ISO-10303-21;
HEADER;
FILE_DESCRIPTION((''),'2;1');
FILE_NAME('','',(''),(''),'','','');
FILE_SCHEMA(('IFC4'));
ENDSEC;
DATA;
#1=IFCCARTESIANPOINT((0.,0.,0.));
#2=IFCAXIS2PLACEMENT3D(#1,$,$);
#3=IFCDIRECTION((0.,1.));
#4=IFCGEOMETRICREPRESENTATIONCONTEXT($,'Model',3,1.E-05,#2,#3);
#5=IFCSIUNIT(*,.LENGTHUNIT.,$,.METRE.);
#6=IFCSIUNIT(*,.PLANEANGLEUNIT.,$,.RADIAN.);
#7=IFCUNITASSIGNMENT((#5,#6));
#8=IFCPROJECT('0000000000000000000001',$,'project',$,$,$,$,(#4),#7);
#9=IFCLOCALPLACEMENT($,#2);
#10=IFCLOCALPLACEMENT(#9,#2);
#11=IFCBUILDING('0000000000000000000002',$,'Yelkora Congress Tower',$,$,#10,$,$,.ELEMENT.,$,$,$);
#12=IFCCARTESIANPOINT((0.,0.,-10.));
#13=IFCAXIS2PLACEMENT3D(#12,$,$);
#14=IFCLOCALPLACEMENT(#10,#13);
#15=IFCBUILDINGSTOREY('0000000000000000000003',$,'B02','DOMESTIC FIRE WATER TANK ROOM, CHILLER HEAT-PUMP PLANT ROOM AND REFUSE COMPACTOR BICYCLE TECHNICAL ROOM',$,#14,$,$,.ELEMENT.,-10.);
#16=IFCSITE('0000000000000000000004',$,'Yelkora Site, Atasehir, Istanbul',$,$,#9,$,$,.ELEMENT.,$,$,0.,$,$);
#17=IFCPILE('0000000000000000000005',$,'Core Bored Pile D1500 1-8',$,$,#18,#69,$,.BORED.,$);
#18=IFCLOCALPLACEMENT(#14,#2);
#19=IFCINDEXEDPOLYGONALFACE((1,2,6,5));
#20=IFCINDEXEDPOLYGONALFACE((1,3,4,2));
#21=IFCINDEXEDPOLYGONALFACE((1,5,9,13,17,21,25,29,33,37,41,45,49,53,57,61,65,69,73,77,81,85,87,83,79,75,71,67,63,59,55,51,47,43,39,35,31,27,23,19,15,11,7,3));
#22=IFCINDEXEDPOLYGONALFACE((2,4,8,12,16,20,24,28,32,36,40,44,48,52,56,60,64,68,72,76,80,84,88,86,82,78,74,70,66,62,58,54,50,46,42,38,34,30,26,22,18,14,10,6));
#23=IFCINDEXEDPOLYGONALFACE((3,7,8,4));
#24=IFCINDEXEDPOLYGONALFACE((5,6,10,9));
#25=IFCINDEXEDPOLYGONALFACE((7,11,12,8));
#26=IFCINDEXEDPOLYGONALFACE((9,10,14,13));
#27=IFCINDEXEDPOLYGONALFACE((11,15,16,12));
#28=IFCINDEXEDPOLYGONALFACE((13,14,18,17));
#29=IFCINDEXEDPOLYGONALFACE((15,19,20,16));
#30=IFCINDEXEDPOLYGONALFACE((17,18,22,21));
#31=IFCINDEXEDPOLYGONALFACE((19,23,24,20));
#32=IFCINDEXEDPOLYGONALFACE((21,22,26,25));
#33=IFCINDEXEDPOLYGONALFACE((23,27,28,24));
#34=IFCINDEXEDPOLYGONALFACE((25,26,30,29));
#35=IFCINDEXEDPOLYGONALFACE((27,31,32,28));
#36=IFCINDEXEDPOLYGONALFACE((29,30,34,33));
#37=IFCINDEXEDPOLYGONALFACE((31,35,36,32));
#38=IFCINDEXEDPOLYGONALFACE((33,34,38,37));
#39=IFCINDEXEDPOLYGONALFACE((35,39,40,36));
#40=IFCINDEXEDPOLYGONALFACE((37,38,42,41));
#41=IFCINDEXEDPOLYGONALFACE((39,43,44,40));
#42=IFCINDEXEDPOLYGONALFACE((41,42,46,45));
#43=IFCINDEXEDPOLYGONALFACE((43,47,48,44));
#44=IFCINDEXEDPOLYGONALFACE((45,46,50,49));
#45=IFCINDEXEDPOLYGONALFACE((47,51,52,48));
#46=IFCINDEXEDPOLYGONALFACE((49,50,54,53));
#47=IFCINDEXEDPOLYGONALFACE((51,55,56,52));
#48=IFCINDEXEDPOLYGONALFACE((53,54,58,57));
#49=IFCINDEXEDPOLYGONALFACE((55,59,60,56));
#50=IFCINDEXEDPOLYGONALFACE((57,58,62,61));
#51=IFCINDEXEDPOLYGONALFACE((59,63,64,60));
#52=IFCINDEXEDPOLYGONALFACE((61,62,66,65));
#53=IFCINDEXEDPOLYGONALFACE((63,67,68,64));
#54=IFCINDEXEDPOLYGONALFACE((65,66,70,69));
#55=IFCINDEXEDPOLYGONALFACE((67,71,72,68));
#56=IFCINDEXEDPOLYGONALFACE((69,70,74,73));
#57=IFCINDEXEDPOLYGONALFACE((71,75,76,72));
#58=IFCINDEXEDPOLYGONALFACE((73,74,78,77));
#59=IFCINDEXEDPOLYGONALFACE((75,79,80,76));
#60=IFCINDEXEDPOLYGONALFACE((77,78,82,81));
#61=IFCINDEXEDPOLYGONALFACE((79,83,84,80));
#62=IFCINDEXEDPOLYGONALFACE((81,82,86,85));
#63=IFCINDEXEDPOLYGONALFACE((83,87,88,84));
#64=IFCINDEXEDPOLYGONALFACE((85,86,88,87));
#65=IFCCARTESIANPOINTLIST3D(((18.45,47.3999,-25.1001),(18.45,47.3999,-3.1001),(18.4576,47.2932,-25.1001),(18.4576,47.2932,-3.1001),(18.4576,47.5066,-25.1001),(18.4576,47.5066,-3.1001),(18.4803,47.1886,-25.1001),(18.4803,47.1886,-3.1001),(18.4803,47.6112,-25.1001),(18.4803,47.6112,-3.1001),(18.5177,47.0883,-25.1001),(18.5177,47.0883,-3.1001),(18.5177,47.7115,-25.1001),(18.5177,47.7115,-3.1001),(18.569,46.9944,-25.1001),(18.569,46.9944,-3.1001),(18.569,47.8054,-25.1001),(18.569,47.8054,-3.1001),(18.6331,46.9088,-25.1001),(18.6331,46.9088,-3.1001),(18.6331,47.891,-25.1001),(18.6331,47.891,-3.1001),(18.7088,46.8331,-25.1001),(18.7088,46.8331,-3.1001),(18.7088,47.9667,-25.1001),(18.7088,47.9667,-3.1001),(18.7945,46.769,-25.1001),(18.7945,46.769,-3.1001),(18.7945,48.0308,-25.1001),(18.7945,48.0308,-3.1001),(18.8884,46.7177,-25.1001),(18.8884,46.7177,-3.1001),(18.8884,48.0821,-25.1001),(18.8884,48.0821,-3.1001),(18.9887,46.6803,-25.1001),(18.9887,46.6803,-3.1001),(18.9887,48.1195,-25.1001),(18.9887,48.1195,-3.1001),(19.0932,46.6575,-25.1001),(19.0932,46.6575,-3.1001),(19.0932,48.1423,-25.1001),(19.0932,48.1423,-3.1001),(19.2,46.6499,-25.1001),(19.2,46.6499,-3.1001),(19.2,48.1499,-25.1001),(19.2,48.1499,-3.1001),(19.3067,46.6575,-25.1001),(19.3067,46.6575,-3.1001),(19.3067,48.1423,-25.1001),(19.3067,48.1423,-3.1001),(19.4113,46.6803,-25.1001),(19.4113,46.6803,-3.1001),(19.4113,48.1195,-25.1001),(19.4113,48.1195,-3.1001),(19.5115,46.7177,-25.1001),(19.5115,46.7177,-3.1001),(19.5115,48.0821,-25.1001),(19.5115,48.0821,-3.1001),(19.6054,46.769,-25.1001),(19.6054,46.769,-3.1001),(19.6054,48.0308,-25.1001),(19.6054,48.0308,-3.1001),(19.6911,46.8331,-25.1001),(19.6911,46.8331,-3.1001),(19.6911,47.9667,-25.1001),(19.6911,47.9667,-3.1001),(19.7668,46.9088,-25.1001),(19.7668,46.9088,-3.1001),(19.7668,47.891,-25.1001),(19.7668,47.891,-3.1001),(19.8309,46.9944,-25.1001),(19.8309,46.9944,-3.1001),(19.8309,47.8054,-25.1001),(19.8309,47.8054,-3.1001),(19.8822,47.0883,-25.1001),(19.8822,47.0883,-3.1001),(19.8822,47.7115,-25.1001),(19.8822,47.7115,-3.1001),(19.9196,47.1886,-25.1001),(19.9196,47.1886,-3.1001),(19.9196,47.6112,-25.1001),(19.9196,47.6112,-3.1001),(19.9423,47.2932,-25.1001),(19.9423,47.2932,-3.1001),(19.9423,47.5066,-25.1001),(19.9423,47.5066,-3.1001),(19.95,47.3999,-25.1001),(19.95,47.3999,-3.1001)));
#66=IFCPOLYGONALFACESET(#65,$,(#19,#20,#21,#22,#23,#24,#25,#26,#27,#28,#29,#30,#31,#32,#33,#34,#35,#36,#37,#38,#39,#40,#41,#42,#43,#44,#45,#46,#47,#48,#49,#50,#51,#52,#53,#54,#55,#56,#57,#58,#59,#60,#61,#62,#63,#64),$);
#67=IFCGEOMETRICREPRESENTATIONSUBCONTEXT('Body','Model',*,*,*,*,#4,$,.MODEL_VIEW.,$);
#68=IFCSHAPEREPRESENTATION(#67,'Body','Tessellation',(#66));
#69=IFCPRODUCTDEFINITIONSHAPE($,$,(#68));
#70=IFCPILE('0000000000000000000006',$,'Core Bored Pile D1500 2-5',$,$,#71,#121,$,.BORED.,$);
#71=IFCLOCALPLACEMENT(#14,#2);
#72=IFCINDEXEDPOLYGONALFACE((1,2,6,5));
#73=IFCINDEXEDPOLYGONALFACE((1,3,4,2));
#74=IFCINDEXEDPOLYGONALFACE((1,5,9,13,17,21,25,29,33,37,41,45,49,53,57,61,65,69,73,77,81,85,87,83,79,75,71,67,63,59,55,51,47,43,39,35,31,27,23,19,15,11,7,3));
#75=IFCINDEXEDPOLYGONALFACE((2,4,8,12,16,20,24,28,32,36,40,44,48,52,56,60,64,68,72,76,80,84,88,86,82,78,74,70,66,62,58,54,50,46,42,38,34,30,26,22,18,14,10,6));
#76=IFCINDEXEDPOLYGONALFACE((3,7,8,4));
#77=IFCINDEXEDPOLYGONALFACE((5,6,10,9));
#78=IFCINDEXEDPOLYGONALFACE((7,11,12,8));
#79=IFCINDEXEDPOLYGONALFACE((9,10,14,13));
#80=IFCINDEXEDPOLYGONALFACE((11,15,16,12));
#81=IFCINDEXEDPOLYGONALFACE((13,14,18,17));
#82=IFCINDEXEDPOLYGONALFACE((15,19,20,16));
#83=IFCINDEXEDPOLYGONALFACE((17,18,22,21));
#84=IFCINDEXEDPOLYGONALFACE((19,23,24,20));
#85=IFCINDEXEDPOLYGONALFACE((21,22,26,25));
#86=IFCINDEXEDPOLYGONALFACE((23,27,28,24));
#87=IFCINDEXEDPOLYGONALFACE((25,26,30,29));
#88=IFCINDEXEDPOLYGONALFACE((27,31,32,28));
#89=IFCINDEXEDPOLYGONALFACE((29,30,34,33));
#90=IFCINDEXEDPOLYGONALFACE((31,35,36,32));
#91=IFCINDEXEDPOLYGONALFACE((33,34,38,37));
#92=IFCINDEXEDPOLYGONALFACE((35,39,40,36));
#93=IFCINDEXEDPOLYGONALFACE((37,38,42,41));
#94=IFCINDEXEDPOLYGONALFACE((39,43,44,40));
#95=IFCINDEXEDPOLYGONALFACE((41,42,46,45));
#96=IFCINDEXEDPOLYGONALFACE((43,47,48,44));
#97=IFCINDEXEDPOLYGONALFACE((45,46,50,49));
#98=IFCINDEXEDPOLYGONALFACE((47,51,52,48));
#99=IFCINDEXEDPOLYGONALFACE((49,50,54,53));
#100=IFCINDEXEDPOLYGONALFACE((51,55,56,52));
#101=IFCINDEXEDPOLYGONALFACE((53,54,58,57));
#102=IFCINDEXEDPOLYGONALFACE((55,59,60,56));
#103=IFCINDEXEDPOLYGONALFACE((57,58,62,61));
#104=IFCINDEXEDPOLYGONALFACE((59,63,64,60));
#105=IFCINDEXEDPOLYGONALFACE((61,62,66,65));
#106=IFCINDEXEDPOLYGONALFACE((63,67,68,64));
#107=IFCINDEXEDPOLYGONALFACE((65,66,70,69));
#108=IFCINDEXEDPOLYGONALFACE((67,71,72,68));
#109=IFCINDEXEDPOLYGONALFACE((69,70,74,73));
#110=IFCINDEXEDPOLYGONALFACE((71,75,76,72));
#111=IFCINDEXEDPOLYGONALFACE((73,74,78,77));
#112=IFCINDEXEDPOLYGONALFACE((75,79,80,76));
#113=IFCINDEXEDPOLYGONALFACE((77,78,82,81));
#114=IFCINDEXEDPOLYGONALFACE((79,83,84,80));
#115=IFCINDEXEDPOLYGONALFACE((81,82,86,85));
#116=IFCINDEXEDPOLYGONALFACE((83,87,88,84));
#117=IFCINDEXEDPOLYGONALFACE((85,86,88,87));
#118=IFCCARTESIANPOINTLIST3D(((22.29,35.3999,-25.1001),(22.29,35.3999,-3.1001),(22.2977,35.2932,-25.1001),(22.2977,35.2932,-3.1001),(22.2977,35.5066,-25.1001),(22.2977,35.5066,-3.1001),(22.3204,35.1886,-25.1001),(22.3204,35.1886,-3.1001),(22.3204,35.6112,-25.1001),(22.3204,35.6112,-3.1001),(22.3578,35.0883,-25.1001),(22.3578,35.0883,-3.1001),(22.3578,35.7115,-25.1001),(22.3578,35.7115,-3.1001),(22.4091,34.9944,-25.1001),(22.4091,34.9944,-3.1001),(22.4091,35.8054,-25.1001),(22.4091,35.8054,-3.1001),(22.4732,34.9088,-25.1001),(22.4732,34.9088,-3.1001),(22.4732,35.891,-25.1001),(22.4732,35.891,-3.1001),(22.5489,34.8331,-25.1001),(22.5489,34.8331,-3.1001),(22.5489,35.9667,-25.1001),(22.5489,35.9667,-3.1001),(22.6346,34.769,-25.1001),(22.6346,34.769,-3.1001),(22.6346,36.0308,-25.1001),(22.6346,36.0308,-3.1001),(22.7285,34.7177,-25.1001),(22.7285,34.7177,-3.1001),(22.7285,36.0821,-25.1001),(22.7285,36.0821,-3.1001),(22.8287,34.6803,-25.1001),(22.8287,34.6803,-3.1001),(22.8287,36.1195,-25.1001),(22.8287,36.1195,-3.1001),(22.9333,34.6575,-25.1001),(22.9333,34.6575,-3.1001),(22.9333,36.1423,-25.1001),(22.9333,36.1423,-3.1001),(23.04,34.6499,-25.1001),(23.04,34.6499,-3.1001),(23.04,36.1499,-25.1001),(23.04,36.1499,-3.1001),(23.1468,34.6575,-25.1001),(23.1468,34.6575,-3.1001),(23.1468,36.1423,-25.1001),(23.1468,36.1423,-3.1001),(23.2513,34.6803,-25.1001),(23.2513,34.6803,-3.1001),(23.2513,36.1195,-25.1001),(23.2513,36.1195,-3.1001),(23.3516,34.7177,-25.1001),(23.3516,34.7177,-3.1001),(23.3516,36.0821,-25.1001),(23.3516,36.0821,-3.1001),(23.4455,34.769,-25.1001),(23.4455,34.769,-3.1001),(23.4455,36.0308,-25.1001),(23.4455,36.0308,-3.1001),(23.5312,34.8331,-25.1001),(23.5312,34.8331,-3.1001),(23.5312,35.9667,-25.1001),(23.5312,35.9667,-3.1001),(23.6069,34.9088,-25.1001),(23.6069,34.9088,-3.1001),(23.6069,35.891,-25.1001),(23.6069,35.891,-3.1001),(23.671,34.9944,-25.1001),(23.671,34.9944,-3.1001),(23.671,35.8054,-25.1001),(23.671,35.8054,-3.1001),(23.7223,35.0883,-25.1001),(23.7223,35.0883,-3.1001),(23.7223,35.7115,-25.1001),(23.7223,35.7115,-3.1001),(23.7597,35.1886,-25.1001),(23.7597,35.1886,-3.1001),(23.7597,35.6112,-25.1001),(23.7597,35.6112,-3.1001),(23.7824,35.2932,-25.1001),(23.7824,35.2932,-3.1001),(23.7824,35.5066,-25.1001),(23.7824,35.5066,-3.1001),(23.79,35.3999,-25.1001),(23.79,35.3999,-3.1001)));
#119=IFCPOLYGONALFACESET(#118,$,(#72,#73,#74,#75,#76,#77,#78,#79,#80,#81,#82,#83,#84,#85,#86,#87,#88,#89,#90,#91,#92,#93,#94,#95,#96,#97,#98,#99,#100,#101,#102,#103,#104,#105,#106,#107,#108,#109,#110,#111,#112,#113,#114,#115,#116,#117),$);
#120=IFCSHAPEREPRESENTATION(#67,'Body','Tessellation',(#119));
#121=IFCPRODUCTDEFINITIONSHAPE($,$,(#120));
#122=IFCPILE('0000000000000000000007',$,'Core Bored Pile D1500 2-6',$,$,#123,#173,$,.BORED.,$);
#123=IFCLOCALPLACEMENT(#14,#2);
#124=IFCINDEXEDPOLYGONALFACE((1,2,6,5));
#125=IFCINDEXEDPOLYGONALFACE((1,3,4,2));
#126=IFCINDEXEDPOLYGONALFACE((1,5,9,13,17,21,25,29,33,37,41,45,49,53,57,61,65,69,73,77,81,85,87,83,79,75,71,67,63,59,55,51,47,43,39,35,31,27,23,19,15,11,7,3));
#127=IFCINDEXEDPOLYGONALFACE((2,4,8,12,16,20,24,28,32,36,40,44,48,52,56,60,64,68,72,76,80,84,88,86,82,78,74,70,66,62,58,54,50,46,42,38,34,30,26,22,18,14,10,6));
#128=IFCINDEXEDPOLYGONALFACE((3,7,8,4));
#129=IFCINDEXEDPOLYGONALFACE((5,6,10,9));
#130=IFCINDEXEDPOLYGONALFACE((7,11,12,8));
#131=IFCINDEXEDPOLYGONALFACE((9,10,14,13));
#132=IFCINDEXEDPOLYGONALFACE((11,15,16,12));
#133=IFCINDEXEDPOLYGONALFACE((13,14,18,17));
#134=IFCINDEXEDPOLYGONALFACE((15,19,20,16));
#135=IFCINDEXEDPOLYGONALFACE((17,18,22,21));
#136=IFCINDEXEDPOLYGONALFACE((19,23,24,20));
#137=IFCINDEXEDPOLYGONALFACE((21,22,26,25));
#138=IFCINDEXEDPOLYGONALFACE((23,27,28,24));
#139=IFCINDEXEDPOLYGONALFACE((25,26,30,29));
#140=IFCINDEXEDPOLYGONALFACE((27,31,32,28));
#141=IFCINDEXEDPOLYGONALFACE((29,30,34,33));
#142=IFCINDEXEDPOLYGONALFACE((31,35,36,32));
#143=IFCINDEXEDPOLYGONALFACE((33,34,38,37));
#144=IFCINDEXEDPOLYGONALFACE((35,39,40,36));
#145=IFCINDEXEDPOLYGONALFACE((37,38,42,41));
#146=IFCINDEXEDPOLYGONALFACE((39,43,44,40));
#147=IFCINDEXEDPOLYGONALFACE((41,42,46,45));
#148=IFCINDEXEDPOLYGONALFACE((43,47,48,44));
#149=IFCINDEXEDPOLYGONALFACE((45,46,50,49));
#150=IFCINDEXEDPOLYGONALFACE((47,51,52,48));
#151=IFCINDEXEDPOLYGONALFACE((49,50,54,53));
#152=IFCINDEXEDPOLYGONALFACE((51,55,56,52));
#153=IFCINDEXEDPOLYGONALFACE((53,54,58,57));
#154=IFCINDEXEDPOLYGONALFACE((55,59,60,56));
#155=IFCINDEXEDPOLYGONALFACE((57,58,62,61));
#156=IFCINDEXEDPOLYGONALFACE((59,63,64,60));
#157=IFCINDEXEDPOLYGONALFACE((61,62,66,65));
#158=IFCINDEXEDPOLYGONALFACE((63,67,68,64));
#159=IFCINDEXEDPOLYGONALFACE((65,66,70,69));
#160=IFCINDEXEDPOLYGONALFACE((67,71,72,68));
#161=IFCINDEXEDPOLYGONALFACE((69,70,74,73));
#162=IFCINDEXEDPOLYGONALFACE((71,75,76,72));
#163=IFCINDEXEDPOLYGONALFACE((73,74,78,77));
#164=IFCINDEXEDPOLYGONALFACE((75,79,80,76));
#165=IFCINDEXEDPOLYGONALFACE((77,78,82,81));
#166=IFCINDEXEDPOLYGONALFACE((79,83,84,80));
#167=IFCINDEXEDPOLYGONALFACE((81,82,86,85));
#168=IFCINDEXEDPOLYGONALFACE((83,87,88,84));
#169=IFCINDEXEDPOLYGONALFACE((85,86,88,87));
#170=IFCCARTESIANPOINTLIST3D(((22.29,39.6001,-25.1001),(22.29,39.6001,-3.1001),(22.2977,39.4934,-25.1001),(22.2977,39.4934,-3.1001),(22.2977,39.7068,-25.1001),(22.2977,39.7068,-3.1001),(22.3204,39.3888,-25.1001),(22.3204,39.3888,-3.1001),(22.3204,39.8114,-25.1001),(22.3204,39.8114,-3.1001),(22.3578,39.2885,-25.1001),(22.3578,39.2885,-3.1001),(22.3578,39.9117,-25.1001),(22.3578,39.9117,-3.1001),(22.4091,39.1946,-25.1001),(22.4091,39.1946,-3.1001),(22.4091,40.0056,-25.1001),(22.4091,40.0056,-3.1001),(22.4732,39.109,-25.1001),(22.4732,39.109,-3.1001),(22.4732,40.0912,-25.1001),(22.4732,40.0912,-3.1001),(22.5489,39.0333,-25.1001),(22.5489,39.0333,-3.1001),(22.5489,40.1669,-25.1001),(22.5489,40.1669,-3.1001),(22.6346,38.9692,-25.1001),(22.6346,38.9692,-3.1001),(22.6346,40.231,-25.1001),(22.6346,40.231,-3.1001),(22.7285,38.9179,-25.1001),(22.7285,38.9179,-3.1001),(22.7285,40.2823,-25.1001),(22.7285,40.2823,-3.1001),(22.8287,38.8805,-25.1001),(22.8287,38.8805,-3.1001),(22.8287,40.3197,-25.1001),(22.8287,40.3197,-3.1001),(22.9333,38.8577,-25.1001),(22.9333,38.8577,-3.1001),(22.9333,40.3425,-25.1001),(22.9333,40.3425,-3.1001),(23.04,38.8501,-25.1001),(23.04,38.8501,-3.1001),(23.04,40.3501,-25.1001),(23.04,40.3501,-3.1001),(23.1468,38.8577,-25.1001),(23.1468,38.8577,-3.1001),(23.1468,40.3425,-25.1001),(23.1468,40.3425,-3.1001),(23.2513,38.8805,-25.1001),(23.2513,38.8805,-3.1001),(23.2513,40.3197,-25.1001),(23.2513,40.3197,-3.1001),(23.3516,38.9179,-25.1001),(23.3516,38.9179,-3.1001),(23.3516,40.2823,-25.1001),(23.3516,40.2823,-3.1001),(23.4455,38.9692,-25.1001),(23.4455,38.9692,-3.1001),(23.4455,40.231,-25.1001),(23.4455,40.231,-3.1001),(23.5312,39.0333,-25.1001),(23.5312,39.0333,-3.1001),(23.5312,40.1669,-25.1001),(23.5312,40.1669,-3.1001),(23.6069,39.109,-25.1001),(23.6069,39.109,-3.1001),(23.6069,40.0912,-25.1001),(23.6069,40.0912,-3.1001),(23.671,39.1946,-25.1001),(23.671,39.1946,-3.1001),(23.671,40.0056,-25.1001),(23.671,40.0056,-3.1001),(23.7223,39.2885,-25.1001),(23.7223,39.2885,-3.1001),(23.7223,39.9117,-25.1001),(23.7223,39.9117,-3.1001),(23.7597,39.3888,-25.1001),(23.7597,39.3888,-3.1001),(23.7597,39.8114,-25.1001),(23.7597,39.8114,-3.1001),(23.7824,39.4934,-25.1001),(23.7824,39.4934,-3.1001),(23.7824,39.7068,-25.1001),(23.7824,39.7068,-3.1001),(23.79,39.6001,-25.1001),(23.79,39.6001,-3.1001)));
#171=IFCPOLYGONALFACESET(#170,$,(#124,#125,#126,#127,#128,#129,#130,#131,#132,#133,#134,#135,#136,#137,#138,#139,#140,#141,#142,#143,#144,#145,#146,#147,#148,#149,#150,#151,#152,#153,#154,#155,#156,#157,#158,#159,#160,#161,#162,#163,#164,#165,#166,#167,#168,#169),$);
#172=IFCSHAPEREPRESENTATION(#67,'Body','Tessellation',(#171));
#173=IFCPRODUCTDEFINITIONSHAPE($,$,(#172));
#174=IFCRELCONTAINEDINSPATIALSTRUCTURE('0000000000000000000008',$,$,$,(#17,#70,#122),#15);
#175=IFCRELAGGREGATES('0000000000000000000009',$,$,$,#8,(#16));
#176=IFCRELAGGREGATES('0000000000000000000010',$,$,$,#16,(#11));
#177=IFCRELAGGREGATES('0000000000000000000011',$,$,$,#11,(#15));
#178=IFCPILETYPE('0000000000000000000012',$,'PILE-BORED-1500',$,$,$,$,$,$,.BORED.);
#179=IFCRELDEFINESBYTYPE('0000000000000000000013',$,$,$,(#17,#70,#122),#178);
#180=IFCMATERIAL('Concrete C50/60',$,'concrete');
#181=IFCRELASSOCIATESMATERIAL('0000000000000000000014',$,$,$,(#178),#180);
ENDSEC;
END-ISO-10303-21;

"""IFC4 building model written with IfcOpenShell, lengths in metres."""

from ifc_helpers import new_model, si_unit, direction, frame, origin, origin_2d, place, context, subcontext, project, spatial, circle, extrude, material, material_profile, profile_set, type_object, element, save


model = new_model("IFC4")

# Units and contexts
model_context = context("Model", 3, precision=1e-05, world=origin(), true_north=direction((0.0, 1.0)))
body_context = subcontext(model_context, "Body", "Model", "MODEL_VIEW")
ifc_project = project(units=[si_unit("LENGTHUNIT", "METRE"), si_unit("PLANEANGLEUNIT", "RADIAN")], contexts=[model_context])

# Site, building, storey
site_placement = place(None, origin())
site = spatial("IfcSite", under=ifc_project, at=site_placement, Name="Yelkora Site, Atasehir, Istanbul", CompositionType="ELEMENT", RefElevation=0.0)
building_placement = place(site_placement, origin())
building = spatial("IfcBuilding", under=site, at=building_placement, Name="Yelkora Congress Tower", CompositionType="ELEMENT")
storey_placement = place(building_placement, frame((0.0, 0.0, -10.0)))
storey = spatial("IfcBuildingStorey", under=building, at=storey_placement, Name="B02", Description="DOMESTIC FIRE WATER TANK ROOM, CHILLER HEAT-PUMP PLANT ROOM AND REFUSE COMPACTOR BICYCLE TECHNICAL ROOM", CompositionType="ELEMENT", Elevation=-10.0)

# Piles
ifc_material_1 = material(Name="Concrete C50/60", Category="concrete")
ifc_material_profile_1 = material_profile(ifc_material_1, circle(Radius=0.75, at=origin_2d()), Name="PILE D1500")
ifc_profile_set_1 = profile_set([ifc_material_profile_1], Name="Concrete C50/60")
pile_type = type_object("IfcPileType", Name="PILE-BORED-1500", PredefinedType="BORED", material=ifc_profile_set_1)
for number, where, z_axis, x_axis, name in (
    (1, (19.2, 47.3999, -3.1001), (0.0, 0.0, -1.0), (1.0, 0.0, 0.0), "Core Bored Pile D1500 1-8"),
    (2, (23.04, 35.3999, -3.1001), (0.0, 0.0, -1.0), (1.0, 0.0, 0.0), "Core Bored Pile D1500 2-5"),
    (3, (23.04, 39.6001, -3.1001), (0.0, 0.0, -1.0), (1.0, 0.0, 0.0), "Core Bored Pile D1500 2-6"),
):
    element("IfcPile", number, at=place(storey_placement, frame(where, z_axis=z_axis, x_axis=x_axis)), inside=storey, type_object=pile_type, Name=name, PredefinedType="BORED", context=body_context, shape_type="SweptSolid", body=[
        extrude(circle(Radius=0.75, at=origin_2d()), origin(), (0.0, 0.0, 1.0), 22.0),
    ])

save(model, "model.ifc")
